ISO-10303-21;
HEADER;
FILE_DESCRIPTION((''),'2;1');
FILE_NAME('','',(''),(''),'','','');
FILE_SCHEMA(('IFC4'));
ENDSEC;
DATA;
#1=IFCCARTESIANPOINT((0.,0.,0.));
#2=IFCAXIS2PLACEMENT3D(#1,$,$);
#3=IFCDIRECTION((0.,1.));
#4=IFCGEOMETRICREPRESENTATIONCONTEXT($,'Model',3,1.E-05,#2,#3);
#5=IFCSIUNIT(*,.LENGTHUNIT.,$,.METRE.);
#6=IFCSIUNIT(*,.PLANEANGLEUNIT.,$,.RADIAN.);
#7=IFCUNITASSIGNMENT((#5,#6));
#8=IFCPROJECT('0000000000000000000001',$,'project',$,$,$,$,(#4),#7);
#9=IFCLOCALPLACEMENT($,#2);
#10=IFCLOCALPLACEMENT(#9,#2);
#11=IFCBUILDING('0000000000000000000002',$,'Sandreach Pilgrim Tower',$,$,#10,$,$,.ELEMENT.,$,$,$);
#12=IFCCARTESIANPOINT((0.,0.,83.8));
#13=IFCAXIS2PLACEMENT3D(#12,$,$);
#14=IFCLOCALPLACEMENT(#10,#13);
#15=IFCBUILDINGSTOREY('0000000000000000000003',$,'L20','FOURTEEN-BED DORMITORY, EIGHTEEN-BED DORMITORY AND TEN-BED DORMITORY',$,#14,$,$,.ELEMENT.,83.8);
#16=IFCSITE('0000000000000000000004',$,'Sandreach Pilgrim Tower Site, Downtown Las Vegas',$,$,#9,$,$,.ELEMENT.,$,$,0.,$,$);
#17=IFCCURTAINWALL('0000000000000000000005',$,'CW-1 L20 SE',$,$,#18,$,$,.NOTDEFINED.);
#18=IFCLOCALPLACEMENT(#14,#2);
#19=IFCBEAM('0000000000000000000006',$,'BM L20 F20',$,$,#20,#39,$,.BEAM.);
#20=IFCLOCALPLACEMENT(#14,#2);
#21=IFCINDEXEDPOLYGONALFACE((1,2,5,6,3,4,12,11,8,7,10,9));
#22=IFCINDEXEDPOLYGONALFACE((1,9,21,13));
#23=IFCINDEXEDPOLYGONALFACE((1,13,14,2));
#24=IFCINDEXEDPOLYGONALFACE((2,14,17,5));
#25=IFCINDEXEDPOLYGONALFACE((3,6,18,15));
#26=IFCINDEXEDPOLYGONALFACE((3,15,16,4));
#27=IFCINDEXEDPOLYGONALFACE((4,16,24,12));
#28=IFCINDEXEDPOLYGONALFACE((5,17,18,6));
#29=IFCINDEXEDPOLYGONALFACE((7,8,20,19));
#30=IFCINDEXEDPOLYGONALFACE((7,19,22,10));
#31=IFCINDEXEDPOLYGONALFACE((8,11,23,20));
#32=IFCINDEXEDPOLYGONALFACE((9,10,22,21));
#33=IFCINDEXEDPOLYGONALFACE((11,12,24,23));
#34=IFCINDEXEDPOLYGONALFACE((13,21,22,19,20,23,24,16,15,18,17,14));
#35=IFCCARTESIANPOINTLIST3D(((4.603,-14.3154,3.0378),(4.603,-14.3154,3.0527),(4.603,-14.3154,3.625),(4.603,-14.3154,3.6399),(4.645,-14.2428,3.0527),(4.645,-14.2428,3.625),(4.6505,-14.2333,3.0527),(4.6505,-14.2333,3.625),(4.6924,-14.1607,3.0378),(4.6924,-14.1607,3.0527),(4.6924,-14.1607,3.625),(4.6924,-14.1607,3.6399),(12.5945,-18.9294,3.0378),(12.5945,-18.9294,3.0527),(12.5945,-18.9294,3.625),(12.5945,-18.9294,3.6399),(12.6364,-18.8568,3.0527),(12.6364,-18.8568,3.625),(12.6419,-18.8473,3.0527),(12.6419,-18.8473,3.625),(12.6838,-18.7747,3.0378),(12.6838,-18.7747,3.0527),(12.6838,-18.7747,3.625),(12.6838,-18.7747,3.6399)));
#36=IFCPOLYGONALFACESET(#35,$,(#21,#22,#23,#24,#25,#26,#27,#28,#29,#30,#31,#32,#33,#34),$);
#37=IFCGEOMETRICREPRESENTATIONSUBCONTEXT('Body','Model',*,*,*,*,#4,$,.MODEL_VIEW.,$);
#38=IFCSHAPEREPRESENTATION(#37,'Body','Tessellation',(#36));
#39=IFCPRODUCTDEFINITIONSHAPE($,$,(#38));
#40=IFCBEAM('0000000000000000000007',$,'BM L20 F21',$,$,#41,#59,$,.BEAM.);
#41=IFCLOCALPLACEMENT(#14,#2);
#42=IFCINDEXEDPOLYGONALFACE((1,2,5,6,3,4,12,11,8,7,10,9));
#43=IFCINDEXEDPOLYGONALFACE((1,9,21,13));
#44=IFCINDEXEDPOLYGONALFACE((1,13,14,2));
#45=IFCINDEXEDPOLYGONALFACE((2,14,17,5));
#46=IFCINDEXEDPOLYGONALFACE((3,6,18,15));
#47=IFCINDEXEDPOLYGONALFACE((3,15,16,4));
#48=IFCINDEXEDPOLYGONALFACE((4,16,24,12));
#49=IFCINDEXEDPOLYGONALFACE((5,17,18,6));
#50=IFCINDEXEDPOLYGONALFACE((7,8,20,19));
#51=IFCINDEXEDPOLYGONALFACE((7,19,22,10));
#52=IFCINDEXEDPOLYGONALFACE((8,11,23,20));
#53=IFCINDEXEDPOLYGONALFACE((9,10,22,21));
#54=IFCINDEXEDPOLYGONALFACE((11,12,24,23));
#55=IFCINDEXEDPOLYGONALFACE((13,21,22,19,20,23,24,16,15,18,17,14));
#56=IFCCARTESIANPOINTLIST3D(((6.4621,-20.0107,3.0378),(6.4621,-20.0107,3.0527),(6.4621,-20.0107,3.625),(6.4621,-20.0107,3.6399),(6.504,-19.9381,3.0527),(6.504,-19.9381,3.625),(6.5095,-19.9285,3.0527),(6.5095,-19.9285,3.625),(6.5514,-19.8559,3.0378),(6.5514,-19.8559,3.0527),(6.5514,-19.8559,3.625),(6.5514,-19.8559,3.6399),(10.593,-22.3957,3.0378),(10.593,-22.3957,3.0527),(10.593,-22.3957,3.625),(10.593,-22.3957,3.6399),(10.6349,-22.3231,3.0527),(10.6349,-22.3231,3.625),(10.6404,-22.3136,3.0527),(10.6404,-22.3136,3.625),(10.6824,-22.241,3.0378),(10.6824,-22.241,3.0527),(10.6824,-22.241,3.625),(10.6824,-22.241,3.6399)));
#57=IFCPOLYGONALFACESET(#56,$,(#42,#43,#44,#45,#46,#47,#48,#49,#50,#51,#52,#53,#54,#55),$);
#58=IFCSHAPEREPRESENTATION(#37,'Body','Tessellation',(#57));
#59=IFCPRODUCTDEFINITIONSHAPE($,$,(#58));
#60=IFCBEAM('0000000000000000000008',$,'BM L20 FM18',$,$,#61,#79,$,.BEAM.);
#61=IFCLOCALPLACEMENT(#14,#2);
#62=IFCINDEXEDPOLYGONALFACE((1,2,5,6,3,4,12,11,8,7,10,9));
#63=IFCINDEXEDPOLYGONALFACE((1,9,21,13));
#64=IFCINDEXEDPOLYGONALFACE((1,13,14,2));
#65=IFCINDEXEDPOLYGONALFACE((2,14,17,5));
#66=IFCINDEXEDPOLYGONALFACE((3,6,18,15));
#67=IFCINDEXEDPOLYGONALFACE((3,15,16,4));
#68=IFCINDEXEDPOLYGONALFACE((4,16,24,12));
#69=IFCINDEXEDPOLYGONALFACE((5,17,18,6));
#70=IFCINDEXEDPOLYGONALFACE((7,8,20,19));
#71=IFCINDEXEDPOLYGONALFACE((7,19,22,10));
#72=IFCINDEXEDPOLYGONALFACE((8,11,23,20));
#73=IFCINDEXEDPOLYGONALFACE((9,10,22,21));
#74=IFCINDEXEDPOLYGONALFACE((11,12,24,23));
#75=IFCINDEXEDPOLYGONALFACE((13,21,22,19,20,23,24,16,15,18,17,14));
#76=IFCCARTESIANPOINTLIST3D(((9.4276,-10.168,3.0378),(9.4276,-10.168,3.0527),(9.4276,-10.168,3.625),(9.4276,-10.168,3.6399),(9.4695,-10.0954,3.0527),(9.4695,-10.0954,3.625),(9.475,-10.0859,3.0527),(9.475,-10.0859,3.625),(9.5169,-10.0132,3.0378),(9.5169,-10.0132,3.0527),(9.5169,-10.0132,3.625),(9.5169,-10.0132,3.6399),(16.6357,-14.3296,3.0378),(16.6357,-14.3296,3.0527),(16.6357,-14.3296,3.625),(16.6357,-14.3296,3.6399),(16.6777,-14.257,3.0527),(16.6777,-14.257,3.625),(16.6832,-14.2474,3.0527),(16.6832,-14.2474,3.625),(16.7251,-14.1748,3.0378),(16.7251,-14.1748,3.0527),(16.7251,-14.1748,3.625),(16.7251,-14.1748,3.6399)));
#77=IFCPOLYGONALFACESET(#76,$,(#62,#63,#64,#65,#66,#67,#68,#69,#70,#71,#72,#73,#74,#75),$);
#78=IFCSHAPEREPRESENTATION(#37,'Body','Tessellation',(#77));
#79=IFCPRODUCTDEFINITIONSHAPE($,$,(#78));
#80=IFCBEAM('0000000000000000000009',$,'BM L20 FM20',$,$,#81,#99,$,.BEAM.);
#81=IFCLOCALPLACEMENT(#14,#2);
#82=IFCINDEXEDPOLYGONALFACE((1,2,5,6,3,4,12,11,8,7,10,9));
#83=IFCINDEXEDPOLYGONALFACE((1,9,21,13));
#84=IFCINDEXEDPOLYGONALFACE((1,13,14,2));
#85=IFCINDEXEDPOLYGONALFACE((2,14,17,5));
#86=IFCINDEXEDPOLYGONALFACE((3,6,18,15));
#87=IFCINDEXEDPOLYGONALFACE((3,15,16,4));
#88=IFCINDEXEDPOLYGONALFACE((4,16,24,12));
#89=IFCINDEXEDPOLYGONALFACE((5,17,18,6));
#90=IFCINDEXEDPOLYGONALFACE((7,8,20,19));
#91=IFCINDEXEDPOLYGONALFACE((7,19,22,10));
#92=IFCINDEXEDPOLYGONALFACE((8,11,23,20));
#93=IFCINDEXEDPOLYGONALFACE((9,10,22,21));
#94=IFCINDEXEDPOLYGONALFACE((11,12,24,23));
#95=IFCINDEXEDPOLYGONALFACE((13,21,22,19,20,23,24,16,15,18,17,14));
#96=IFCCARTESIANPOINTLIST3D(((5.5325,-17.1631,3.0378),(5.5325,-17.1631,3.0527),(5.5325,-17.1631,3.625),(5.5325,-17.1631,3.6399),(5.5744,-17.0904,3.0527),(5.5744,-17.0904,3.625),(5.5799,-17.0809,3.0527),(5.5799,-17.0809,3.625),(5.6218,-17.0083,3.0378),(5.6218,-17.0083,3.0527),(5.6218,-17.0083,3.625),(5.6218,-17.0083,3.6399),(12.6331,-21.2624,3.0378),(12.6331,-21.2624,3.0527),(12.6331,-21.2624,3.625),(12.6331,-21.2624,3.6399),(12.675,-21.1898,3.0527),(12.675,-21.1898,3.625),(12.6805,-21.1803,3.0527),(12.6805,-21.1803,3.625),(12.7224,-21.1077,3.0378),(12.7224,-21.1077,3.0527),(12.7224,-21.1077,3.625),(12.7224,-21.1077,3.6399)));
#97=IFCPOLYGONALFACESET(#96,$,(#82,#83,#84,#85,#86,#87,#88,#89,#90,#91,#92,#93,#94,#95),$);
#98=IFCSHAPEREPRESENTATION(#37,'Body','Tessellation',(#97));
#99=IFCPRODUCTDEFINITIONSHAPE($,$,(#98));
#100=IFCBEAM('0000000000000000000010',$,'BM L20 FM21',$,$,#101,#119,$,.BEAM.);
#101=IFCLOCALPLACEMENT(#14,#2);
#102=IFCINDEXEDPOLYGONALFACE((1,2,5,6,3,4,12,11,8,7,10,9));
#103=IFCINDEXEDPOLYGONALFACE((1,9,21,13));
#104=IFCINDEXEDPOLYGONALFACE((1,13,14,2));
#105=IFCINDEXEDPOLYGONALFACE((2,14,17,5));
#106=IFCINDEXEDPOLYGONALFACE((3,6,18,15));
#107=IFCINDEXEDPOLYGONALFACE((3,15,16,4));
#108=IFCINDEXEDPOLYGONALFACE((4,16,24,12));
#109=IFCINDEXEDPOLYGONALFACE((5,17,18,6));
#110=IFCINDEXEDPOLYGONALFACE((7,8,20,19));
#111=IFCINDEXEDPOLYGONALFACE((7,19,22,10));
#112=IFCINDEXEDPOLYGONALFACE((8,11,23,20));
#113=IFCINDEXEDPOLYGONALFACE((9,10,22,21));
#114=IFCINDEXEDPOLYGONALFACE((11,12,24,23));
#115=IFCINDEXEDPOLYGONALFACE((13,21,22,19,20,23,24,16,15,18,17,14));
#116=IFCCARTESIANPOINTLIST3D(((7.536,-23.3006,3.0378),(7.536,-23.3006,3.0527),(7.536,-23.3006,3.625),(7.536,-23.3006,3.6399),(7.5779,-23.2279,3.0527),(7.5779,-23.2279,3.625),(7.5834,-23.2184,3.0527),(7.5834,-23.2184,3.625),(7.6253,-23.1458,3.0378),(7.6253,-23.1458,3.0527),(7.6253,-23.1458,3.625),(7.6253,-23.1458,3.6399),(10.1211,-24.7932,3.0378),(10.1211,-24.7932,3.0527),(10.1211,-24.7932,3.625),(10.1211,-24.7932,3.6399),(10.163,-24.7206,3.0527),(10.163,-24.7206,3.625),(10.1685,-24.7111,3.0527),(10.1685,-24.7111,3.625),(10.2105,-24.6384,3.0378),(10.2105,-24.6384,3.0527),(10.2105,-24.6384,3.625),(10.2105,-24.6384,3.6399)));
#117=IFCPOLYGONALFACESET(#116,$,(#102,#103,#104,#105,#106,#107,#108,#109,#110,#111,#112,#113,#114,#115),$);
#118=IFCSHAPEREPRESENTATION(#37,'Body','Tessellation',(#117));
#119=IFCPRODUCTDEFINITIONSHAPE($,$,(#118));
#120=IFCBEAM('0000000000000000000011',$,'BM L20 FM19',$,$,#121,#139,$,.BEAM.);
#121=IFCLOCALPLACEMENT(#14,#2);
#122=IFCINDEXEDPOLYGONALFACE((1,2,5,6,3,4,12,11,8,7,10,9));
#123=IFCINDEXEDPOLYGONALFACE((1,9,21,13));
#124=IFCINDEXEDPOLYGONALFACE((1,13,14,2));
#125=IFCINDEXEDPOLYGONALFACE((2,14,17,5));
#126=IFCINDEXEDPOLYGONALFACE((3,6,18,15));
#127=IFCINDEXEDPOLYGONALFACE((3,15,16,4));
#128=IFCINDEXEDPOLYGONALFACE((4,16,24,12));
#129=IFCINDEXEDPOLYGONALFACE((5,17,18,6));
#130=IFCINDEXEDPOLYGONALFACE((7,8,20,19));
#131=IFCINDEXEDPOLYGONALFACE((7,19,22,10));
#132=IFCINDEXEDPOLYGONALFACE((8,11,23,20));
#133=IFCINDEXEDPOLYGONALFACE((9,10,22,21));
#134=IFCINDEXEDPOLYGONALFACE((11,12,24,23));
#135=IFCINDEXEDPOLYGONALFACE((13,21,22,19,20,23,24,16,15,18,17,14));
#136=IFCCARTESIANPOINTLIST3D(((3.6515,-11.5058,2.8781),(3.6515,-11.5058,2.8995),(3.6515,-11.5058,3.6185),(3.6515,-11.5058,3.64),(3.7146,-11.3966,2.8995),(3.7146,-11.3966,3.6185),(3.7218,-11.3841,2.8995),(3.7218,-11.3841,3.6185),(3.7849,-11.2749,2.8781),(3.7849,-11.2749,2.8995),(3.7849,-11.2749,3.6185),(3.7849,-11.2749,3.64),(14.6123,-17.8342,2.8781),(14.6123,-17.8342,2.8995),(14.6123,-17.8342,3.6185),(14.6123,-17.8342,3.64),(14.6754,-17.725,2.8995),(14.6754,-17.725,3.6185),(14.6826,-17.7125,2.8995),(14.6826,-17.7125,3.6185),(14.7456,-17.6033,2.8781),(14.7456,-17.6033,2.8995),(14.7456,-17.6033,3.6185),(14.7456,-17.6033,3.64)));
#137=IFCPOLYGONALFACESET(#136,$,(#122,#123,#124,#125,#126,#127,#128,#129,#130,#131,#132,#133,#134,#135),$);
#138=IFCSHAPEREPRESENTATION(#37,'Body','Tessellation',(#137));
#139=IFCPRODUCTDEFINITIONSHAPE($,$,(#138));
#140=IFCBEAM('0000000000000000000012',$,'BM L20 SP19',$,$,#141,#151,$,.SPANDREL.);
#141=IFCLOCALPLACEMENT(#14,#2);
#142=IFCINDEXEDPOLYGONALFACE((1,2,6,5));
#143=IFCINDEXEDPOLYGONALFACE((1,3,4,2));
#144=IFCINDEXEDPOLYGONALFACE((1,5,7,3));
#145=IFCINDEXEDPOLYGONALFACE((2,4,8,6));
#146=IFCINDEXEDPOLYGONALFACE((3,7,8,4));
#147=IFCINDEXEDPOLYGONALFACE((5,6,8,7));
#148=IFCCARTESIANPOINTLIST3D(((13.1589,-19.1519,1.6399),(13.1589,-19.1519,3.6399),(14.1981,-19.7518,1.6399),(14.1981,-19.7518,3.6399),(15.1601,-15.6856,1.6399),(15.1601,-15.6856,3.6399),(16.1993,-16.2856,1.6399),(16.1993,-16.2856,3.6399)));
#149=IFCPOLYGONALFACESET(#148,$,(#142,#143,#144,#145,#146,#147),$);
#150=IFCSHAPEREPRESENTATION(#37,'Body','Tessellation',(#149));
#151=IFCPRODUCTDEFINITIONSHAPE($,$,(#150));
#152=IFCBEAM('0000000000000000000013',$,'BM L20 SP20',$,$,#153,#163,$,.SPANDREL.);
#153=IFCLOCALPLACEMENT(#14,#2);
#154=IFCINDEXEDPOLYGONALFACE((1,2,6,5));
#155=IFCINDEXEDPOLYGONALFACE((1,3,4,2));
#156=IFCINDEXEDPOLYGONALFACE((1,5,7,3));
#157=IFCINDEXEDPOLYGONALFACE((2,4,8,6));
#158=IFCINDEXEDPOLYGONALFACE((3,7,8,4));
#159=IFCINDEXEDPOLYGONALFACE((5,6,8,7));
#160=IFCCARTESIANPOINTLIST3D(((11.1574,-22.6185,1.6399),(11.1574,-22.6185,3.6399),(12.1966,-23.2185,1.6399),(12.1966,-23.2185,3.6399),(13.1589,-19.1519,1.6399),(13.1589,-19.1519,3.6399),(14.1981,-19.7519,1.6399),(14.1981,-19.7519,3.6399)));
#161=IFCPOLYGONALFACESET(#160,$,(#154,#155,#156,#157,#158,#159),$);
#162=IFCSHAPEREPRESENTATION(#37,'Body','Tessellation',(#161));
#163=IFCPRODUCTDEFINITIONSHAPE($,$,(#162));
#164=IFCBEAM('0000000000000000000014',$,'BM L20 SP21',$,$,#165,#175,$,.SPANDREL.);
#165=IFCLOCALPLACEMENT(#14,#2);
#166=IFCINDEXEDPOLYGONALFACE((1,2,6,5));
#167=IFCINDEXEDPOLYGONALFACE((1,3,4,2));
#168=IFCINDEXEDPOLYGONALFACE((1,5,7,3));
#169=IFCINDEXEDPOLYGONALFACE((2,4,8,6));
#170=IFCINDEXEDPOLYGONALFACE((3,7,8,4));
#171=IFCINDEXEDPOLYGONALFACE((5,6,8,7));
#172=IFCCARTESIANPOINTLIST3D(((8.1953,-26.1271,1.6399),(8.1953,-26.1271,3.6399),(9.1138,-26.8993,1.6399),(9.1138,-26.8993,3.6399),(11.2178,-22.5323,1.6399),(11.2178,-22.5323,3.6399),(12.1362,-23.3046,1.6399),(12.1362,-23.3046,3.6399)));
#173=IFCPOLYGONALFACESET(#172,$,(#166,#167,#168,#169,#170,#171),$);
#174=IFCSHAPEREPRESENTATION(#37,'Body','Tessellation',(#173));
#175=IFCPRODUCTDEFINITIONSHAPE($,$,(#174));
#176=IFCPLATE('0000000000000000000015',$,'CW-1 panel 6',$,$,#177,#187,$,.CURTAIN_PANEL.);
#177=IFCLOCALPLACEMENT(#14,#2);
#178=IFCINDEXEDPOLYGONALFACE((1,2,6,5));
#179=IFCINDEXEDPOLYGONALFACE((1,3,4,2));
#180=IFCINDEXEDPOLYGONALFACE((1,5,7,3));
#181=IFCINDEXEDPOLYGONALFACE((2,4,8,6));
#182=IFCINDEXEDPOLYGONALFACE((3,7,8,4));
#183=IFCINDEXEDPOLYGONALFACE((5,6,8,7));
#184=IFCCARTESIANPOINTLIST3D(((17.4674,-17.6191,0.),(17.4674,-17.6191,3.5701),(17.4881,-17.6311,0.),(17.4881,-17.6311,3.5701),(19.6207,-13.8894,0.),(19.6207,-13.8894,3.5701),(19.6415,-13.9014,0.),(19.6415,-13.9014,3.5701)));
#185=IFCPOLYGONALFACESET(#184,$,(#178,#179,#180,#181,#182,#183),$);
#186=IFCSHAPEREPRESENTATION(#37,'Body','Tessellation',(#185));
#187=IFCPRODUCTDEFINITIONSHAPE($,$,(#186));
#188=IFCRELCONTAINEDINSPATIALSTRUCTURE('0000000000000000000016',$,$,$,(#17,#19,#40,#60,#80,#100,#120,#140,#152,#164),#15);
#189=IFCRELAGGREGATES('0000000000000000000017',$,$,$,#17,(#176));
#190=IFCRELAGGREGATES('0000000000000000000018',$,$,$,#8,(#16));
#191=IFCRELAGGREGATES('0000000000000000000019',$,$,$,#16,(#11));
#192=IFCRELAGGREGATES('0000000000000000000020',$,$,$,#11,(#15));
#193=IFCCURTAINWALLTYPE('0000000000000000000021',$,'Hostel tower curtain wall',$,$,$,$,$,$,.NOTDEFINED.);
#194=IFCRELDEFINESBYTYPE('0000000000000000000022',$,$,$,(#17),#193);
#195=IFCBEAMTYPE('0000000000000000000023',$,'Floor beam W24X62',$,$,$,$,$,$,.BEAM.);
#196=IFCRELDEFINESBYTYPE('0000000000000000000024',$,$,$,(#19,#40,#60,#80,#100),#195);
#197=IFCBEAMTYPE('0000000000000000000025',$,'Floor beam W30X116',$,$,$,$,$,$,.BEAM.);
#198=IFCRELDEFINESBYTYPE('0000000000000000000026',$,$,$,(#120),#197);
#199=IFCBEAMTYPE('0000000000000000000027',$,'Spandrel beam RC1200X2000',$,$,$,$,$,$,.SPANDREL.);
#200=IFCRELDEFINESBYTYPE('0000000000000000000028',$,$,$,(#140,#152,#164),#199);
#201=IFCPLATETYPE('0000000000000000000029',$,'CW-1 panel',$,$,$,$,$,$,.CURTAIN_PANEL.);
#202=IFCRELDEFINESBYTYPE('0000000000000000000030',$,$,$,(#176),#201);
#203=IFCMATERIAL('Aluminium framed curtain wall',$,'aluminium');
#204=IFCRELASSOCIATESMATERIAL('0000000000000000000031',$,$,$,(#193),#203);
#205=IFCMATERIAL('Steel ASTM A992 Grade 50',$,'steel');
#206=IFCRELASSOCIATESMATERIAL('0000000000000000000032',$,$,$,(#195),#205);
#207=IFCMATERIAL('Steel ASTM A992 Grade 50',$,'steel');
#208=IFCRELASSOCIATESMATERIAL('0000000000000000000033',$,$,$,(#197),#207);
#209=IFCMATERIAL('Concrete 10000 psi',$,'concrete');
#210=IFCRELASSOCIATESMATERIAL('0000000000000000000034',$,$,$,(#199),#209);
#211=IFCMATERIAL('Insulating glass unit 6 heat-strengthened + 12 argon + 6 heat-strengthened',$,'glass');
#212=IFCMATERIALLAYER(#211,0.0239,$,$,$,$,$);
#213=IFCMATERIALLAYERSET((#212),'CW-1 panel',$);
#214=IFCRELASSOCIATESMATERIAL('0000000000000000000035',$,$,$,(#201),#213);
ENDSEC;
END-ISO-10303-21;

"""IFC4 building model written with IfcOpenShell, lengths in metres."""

from ifc_helpers import new_model, si_unit, direction, frame, origin, origin_2d, place, context, subcontext, project, spatial, rectangle, i_section, extrude, material, layer, layer_set, material_profile, profile_set, type_object, element, aggregate, save


model = new_model("IFC4")

# Units and contexts
model_context = context("Model", 3, precision=1e-05, world=origin(), true_north=direction((0.0, 1.0)))
body_context = subcontext(model_context, "Body", "Model", "MODEL_VIEW")
ifc_project = project(units=[si_unit("LENGTHUNIT", "METRE"), si_unit("PLANEANGLEUNIT", "RADIAN")], contexts=[model_context])

# Site, building, storey
site_placement = place(None, origin())
site = spatial("IfcSite", under=ifc_project, at=site_placement, Name="Sandreach Pilgrim Tower Site, Downtown Las Vegas", CompositionType="ELEMENT", RefElevation=0.0)
building_placement = place(site_placement, origin())
building = spatial("IfcBuilding", under=site, at=building_placement, Name="Sandreach Pilgrim Tower", CompositionType="ELEMENT")
storey_placement = place(building_placement, frame((0.0, 0.0, 83.8)))
storey = spatial("IfcBuildingStorey", under=building, at=storey_placement, Name="L20", Description="FOURTEEN-BED DORMITORY, EIGHTEEN-BED DORMITORY AND TEN-BED DORMITORY", CompositionType="ELEMENT", Elevation=83.8)

# Curtain wall
ifc_material_1 = material(Name="Aluminium framed curtain wall", Category="aluminium")
curtain_wall_type = type_object("IfcCurtainWallType", Name="Hostel tower curtain wall", PredefinedType="NOTDEFINED", material=ifc_material_1)
curtain_wall_1_placement = place(storey_placement, origin())
curtain_wall_1 = element("IfcCurtainWall", 1, at=curtain_wall_1_placement, inside=storey, type_object=curtain_wall_type, Name="CW-1 L20 SE", PredefinedType="NOTDEFINED")

# Beams
ifc_material_2 = material(Name="Steel ASTM A992 Grade 50", Category="steel")
ifc_material_profile_1 = material_profile(ifc_material_2, i_section(OverallWidth=0.1787, OverallDepth=0.6021, WebThickness=0.011, FlangeThickness=0.0149, at=origin_2d()), Name="W24X62")
ifc_profile_set_1 = profile_set([ifc_material_profile_1], Name="Steel ASTM A992 Grade 50")
beam_type_1 = type_object("IfcBeamType", Name="Floor beam W24X62", PredefinedType="BEAM", material=ifc_profile_set_1)
beam_1_placement = place(storey_placement, frame((12.6392, -18.8521, 3.3389), z_axis=(-0.866019, 0.500012, 0.0), x_axis=(-0.500012, -0.866019, 0.0)))
element("IfcBeam", 2, at=beam_1_placement, inside=storey, type_object=beam_type_1, Name="BM L20 F20", PredefinedType="BEAM", context=body_context, shape_type="SweptSolid", body=[
    extrude(i_section(OverallWidth=0.1787, OverallDepth=0.6021, WebThickness=0.011, FlangeThickness=0.0149, at=origin_2d()), origin(), (0.0, 0.0, 1.0), 9.2278),
])
beam_2_placement = place(storey_placement, frame((10.6377, -22.3184, 3.3389), z_axis=(-0.86602, 0.500009, 0.0), x_axis=(-0.500009, -0.86602, 0.0)))
element("IfcBeam", 3, at=beam_2_placement, inside=storey, type_object=beam_type_1, Name="BM L20 F21", PredefinedType="BEAM", context=body_context, shape_type="SweptSolid", body=[
    extrude(i_section(OverallWidth=0.1787, OverallDepth=0.6021, WebThickness=0.011, FlangeThickness=0.0149, at=origin_2d()), origin(), (0.0, 0.0, 1.0), 4.77),
])
beam_3_placement = place(storey_placement, frame((16.6804, -14.2522, 3.3389), z_axis=(-0.866029, 0.499994, 0.0), x_axis=(-0.499994, -0.866029, 0.0)))
element("IfcBeam", 4, at=beam_3_placement, inside=storey, type_object=beam_type_1, Name="BM L20 FM18", PredefinedType="BEAM", context=body_context, shape_type="SweptSolid", body=[
    extrude(i_section(OverallWidth=0.1787, OverallDepth=0.6021, WebThickness=0.011, FlangeThickness=0.0149, at=origin_2d()), origin(), (0.0, 0.0, 1.0), 8.3232),
])
beam_4_placement = place(storey_placement, frame((12.6777, -21.1851, 3.3389), z_axis=(-0.866034, 0.499985, 0.0), x_axis=(-0.499985, -0.866034, 0.0)))
element("IfcBeam", 5, at=beam_4_placement, inside=storey, type_object=beam_type_1, Name="BM L20 FM20", PredefinedType="BEAM", context=body_context, shape_type="SweptSolid", body=[
    extrude(i_section(OverallWidth=0.1787, OverallDepth=0.6021, WebThickness=0.011, FlangeThickness=0.0149, at=origin_2d()), origin(), (0.0, 0.0, 1.0), 8.199),
])
beam_5_placement = place(storey_placement, frame((10.1658, -24.7158, 3.3389), z_axis=(-0.86601, 0.500027, 0.0), x_axis=(-0.500027, -0.86601, 0.0)))
element("IfcBeam", 6, at=beam_5_placement, inside=storey, type_object=beam_type_1, Name="BM L20 FM21", PredefinedType="BEAM", context=body_context, shape_type="SweptSolid", body=[
    extrude(i_section(OverallWidth=0.1787, OverallDepth=0.6021, WebThickness=0.011, FlangeThickness=0.0149, at=origin_2d()), origin(), (0.0, 0.0, 1.0), 2.9851),
])
ifc_material_3 = material(Name="Steel ASTM A992 Grade 50", Category="steel")
ifc_material_profile_2 = material_profile(ifc_material_3, i_section(OverallWidth=0.2666, OverallDepth=0.762, WebThickness=0.0144, FlangeThickness=0.0215, at=origin_2d()), Name="W30X116")
ifc_profile_set_2 = profile_set([ifc_material_profile_2], Name="Steel ASTM A992 Grade 50")
beam_type_2 = type_object("IfcBeamType", Name="Floor beam W30X116", PredefinedType="BEAM", material=ifc_profile_set_2)
beam_6_placement = place(storey_placement, frame((14.679, -17.7188, 3.259), z_axis=(-0.866018, 0.500012, 0.0), x_axis=(-0.500012, -0.866018, 0.0)))
element("IfcBeam", 7, at=beam_6_placement, inside=storey, type_object=beam_type_2, Name="BM L20 FM19", PredefinedType="BEAM", context=body_context, shape_type="SweptSolid", body=[
    extrude(i_section(OverallWidth=0.2666, OverallDepth=0.762, WebThickness=0.0144, FlangeThickness=0.0215, at=origin_2d()), origin(), (0.0, 0.0, 1.0), 12.6565),
])
ifc_material_4 = material(Name="Concrete 10000 psi", Category="concrete")
ifc_material_profile_3 = material_profile(ifc_material_4, rectangle(XDim=1.2, YDim=2.0, at=origin_2d()), Name="RC1200X2000")
ifc_profile_set_3 = profile_set([ifc_material_profile_3], Name="Concrete 10000 psi")
beam_type_3 = type_object("IfcBeamType", Name="Spandrel beam RC1200X2000", PredefinedType="SPANDREL", material=ifc_profile_set_3)
beam_7_placement = place(storey_placement, frame((15.6797, -15.9856, 2.6399), z_axis=(-0.49999, -0.866031, 0.0), x_axis=(0.866031, -0.49999, 0.0)))
element("IfcBeam", 8, at=beam_7_placement, inside=storey, type_object=beam_type_3, Name="BM L20 SP19", PredefinedType="SPANDREL", context=body_context, shape_type="SweptSolid", body=[
    extrude(rectangle(XDim=1.2, YDim=2.0, at=origin_2d()), origin(), (0.0, 0.0, 1.0), 4.0024),
])
beam_8_placement = place(storey_placement, frame((13.6785, -19.4519, 2.6399), z_axis=(-0.500009, -0.86602, 0.0), x_axis=(0.86602, -0.500009, 0.0)))
element("IfcBeam", 9, at=beam_8_placement, inside=storey, type_object=beam_type_3, Name="BM L20 SP20", PredefinedType="SPANDREL", context=body_context, shape_type="SweptSolid", body=[
    extrude(rectangle(XDim=1.2, YDim=2.0, at=origin_2d()), origin(), (0.0, 0.0, 1.0), 4.0029),
])
beam_9_placement = place(storey_placement, frame((11.677, -22.9185, 2.6399), z_axis=(-0.643553, -0.765402, 0.0), x_axis=(0.765402, -0.643553, 0.0)))
element("IfcBeam", 10, at=beam_9_placement, inside=storey, type_object=beam_type_3, Name="BM L20 SP21", PredefinedType="SPANDREL", context=body_context, shape_type="SweptSolid", body=[
    extrude(rectangle(XDim=1.2, YDim=2.0, at=origin_2d()), origin(), (0.0, 0.0, 1.0), 4.6965),
])

# Plate
ifc_material_5 = material(Name="Insulating glass unit 6 heat-strengthened + 12 argon + 6 heat-strengthened", Category="glass")
ifc_layer_1 = layer(ifc_material_5, 0.0239)
ifc_layer_set_1 = layer_set([ifc_layer_1], Name="CW-1 panel")
plate_type = type_object("IfcPlateType", Name="CW-1 panel", PredefinedType="CURTAIN_PANEL", material=ifc_layer_set_1)
plate_1_placement = place(storey_placement, frame((18.5544, -15.7603, 0.0), z_axis=(0.0, 0.0, 1.0), x_axis=(-0.5, -0.866025, 0.0)))
plate_1 = element("IfcPlate", 11, at=plate_1_placement, type_object=plate_type, Name="CW-1 panel 6", PredefinedType="CURTAIN_PANEL", context=body_context, shape_type="SweptSolid", body=[
    extrude(rectangle(XDim=4.3066, YDim=0.0239, at=origin_2d()), origin(), (0.0, 0.0, 1.0), 3.5701),
])
aggregate(curtain_wall_1, [plate_1])

save(model, "model.ifc")
